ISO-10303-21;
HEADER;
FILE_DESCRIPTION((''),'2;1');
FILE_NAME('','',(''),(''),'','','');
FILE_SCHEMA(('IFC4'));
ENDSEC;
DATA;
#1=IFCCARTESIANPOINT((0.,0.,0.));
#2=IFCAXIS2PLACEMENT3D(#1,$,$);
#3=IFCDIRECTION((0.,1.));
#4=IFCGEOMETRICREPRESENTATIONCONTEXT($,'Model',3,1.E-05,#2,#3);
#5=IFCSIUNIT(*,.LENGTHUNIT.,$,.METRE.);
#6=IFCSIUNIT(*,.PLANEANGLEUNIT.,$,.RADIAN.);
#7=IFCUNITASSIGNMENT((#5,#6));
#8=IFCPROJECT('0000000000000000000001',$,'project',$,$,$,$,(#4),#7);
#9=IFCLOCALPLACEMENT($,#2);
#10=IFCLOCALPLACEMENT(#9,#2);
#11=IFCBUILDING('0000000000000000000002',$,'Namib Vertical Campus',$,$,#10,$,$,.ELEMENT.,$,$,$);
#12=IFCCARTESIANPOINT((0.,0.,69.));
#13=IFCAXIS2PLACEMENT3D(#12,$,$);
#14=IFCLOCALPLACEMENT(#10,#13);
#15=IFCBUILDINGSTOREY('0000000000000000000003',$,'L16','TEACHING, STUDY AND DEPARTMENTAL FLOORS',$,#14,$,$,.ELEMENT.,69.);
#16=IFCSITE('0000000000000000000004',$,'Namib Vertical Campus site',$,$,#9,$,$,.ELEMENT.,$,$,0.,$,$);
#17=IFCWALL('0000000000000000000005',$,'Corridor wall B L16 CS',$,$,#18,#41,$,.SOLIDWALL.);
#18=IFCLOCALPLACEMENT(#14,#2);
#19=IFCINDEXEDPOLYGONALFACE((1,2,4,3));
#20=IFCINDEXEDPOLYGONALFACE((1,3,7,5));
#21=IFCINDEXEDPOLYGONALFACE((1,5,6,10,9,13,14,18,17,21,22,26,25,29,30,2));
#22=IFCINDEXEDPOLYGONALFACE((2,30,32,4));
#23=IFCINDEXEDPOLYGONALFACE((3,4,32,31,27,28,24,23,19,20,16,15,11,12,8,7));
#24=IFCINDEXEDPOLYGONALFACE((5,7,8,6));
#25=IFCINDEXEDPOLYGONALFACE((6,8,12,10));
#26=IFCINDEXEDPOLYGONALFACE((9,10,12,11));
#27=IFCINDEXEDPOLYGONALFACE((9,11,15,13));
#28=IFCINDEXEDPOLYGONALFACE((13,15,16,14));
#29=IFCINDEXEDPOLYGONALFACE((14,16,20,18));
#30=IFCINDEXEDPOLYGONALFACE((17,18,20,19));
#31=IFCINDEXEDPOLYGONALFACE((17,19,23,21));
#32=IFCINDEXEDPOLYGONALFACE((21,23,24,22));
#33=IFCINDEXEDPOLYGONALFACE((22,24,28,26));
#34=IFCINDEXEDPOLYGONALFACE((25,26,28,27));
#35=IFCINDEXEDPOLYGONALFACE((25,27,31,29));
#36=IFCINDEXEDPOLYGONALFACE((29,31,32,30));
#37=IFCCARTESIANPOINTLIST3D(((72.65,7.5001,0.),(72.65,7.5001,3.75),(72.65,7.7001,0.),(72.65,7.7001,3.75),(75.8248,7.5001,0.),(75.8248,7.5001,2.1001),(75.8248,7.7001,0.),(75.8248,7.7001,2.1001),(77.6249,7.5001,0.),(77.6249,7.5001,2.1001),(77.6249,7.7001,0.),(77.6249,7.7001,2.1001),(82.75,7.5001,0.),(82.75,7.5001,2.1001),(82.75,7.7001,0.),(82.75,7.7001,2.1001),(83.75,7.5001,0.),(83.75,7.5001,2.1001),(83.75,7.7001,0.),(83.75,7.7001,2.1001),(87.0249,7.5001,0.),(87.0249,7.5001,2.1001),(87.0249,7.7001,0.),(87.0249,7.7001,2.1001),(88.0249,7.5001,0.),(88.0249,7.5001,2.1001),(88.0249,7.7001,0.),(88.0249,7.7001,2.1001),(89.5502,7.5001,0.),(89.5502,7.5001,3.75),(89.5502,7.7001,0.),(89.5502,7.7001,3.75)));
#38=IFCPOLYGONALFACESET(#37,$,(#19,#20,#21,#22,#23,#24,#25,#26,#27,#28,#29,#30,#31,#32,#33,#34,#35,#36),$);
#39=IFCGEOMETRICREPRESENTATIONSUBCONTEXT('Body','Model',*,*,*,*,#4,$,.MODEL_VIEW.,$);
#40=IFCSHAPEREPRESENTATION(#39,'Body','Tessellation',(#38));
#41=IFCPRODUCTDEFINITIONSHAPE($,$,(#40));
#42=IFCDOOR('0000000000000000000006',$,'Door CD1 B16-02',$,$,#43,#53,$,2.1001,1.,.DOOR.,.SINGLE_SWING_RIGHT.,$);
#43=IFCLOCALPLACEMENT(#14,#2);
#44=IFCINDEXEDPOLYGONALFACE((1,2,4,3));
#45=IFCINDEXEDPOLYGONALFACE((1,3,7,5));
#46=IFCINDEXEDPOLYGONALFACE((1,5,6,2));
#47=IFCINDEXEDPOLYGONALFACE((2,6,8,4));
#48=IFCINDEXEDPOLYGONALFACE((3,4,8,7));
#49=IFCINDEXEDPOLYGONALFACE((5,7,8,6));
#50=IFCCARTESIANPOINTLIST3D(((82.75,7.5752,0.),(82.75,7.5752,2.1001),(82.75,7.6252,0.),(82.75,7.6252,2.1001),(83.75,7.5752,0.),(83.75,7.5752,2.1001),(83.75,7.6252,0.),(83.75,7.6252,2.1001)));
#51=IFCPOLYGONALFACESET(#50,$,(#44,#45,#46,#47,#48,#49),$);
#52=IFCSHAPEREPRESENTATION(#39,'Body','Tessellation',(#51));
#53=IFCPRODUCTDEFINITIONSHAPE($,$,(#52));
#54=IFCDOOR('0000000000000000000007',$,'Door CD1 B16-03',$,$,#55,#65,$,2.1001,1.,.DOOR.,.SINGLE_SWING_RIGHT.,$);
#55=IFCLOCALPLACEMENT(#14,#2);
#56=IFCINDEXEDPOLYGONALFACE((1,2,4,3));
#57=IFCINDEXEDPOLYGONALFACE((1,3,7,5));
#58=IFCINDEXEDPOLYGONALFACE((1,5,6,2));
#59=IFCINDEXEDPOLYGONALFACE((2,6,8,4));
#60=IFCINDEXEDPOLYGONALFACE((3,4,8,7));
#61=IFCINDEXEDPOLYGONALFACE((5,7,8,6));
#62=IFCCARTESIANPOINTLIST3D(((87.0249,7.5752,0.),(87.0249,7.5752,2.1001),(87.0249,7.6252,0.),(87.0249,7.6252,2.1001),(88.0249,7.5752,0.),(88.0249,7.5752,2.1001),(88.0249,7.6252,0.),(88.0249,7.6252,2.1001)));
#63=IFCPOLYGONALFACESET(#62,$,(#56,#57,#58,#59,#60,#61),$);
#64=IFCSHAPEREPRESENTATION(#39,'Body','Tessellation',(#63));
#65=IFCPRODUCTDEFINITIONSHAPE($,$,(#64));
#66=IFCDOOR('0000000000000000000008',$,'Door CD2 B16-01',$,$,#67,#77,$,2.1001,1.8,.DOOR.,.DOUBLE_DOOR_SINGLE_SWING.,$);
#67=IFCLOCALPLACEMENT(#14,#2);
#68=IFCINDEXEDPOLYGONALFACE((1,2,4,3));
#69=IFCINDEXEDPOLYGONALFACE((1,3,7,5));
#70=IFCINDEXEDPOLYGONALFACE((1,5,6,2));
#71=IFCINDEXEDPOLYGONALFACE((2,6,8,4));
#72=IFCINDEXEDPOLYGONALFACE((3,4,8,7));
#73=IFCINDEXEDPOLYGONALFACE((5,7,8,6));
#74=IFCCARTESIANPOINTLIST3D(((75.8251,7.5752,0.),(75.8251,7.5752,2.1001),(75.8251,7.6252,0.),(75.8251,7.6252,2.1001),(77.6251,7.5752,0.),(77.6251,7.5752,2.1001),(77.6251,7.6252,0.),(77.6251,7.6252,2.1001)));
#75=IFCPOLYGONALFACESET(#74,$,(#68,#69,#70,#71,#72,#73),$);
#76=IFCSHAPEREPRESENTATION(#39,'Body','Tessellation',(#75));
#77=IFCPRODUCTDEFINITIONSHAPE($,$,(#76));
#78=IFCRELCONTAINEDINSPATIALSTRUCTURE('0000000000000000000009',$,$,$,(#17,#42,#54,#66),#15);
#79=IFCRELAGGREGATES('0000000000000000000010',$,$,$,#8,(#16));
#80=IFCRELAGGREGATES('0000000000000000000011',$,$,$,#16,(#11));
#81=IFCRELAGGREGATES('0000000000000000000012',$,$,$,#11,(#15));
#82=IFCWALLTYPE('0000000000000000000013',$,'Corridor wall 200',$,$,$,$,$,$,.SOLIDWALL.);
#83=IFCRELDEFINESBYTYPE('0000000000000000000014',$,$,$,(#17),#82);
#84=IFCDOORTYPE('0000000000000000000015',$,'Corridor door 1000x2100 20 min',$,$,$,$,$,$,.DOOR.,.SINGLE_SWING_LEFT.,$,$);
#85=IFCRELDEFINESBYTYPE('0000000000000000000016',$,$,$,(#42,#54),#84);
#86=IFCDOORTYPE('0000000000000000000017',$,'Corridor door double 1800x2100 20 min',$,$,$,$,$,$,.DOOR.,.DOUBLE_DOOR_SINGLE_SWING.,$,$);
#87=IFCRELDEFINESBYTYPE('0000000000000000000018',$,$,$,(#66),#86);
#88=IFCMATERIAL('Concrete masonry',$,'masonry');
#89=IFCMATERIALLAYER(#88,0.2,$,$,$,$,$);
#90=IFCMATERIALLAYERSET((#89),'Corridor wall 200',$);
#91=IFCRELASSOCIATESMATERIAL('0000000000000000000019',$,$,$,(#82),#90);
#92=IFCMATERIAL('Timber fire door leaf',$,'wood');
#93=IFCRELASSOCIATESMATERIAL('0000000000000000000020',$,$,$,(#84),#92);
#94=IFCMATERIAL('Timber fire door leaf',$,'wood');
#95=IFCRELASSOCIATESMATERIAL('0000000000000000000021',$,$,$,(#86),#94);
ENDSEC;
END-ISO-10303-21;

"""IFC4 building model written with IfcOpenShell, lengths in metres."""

from ifc_helpers import new_model, si_unit, direction, frame, frame_2d, origin, place, context, subcontext, project, spatial, rectangle, extrude, material, layer, layer_set, type_object, element, fill, save


model = new_model("IFC4")

# Units and contexts
model_context = context("Model", 3, precision=1e-05, world=origin(), true_north=direction((0.0, 1.0)))
body_context = subcontext(model_context, "Body", "Model", "MODEL_VIEW")
ifc_project = project(units=[si_unit("LENGTHUNIT", "METRE"), si_unit("PLANEANGLEUNIT", "RADIAN")], contexts=[model_context])

# Site, building, storey
site_placement = place(None, origin())
site = spatial("IfcSite", under=ifc_project, at=site_placement, Name="Namib Vertical Campus site", CompositionType="ELEMENT", RefElevation=0.0)
building_placement = place(site_placement, origin())
building = spatial("IfcBuilding", under=site, at=building_placement, Name="Namib Vertical Campus", CompositionType="ELEMENT")
storey_placement = place(building_placement, frame((0.0, 0.0, 69.0)))
storey = spatial("IfcBuildingStorey", under=building, at=storey_placement, Name="L16", Description="TEACHING, STUDY AND DEPARTMENTAL FLOORS", CompositionType="ELEMENT", Elevation=69.0)

# Wall, openings, doors
ifc_material_1 = material(Name="Concrete masonry", Category="masonry")
ifc_layer_1 = layer(ifc_material_1, 0.2)
ifc_layer_set_1 = layer_set([ifc_layer_1], Name="Corridor wall 200")
wall_type_1 = type_object("IfcWallType", Name="Corridor wall 200", PredefinedType="SOLIDWALL", material=ifc_layer_set_1)
wall_1_placement = place(storey_placement, frame((72.6499, 7.6001, 0.0), z_axis=(0.0, 0.0, 1.0), x_axis=(1.0, 0.0, 0.0)))
wall_1 = element("IfcWall", 1, at=wall_1_placement, inside=storey, type_object=wall_type_1, Name="Corridor wall B L16 CS", PredefinedType="SOLIDWALL", context=body_context, shape_type="SweptSolid", body=[
    extrude(rectangle(XDim=16.9001, YDim=0.2, at=frame_2d((8.4502, 0.0))), origin(), (0.0, 0.0, 1.0), 3.75),
])
opening_1_placement = place(wall_1_placement, frame((3.175, 0.0, 0.0)))
opening_1 = element("IfcOpeningElement", 2, at=opening_1_placement, cuts=wall_1, PredefinedType="OPENING", context=body_context, shape_type="SweptSolid", body=[
    extrude(rectangle(XDim=1.8, YDim=2.1001, at=frame_2d((0.8999, 1.05))), frame((0.0, 0.1099, 0.0), z_axis=(0.0, -1.0, 0.0), x_axis=(1.0, 0.0, 0.0)), (0.0, 0.0, 1.0), 0.22),
])
opening_2_placement = place(wall_1_placement, frame((10.1001, 0.0, 0.0)))
opening_2 = element("IfcOpeningElement", 3, at=opening_2_placement, cuts=wall_1, PredefinedType="OPENING", context=body_context, shape_type="SweptSolid", body=[
    extrude(rectangle(XDim=1.0, YDim=2.1001, at=frame_2d((0.5, 1.05))), frame((0.0, 0.1099, 0.0), z_axis=(0.0, -1.0, 0.0), x_axis=(1.0, 0.0, 0.0)), (0.0, 0.0, 1.0), 0.22),
])
opening_3_placement = place(wall_1_placement, frame((14.375, 0.0, 0.0)))
opening_3 = element("IfcOpeningElement", 4, at=opening_3_placement, cuts=wall_1, PredefinedType="OPENING", context=body_context, shape_type="SweptSolid", body=[
    extrude(rectangle(XDim=1.0, YDim=2.1001, at=frame_2d((0.5, 1.05))), frame((0.0, 0.1099, 0.0), z_axis=(0.0, -1.0, 0.0), x_axis=(1.0, 0.0, 0.0)), (0.0, 0.0, 1.0), 0.22),
])
ifc_material_2 = material(Name="Timber fire door leaf", Category="wood")
door_type_1 = type_object("IfcDoorType", Name="Corridor door 1000x2100 20 min", OperationType="SINGLE_SWING_LEFT", PredefinedType="DOOR", material=ifc_material_2)
door_1_placement = place(opening_2_placement, frame((1.0, 0.0, 0.0), z_axis=(0.0, 0.0, 1.0), x_axis=(-1.0, 0.0, 0.0)))
door_1 = element("IfcDoor", 5, at=door_1_placement, inside=storey, type_object=door_type_1, Name="Door CD1 B16-02", OperationType="SINGLE_SWING_RIGHT", OverallHeight=2.1001, OverallWidth=1.0, PredefinedType="DOOR", context=body_context, shape_type="SweptSolid", body=[
    extrude(rectangle(XDim=1.0, YDim=2.1001, at=frame_2d((0.5, 1.05))), frame((0.0, 0.0249, 0.0), z_axis=(0.0, -1.0, 0.0), x_axis=(1.0, 0.0, 0.0)), (0.0, 0.0, 1.0), 0.05),
])
fill(opening_2, door_1)
door_2_placement = place(opening_3_placement, frame((1.0, 0.0, 0.0), z_axis=(0.0, 0.0, 1.0), x_axis=(-1.0, 0.0, 0.0)))
door_2 = element("IfcDoor", 6, at=door_2_placement, inside=storey, type_object=door_type_1, Name="Door CD1 B16-03", OperationType="SINGLE_SWING_RIGHT", OverallHeight=2.1001, OverallWidth=1.0, PredefinedType="DOOR", context=body_context, shape_type="SweptSolid", body=[
    extrude(rectangle(XDim=1.0, YDim=2.1001, at=frame_2d((0.5, 1.05))), frame((0.0, 0.0249, 0.0), z_axis=(0.0, -1.0, 0.0), x_axis=(1.0, 0.0, 0.0)), (0.0, 0.0, 1.0), 0.05),
])
fill(opening_3, door_2)
ifc_material_3 = material(Name="Timber fire door leaf", Category="wood")
door_type_2 = type_object("IfcDoorType", Name="Corridor door double 1800x2100 20 min", OperationType="DOUBLE_DOOR_SINGLE_SWING", PredefinedType="DOOR", material=ifc_material_3)
door_3_placement = place(opening_1_placement, frame((1.8, 0.0, 0.0), z_axis=(0.0, 0.0, 1.0), x_axis=(-1.0, 0.0, 0.0)))
door_3 = element("IfcDoor", 7, at=door_3_placement, inside=storey, type_object=door_type_2, Name="Door CD2 B16-01", OperationType="DOUBLE_DOOR_SINGLE_SWING", OverallHeight=2.1001, OverallWidth=1.8, PredefinedType="DOOR", context=body_context, shape_type="SweptSolid", body=[
    extrude(rectangle(XDim=1.8, YDim=2.1001, at=frame_2d((0.8999, 1.05))), frame((0.0, 0.0249, 0.0), z_axis=(0.0, -1.0, 0.0), x_axis=(1.0, 0.0, 0.0)), (0.0, 0.0, 1.0), 0.05),
])
fill(opening_1, door_3)

save(model, "model.ifc")
